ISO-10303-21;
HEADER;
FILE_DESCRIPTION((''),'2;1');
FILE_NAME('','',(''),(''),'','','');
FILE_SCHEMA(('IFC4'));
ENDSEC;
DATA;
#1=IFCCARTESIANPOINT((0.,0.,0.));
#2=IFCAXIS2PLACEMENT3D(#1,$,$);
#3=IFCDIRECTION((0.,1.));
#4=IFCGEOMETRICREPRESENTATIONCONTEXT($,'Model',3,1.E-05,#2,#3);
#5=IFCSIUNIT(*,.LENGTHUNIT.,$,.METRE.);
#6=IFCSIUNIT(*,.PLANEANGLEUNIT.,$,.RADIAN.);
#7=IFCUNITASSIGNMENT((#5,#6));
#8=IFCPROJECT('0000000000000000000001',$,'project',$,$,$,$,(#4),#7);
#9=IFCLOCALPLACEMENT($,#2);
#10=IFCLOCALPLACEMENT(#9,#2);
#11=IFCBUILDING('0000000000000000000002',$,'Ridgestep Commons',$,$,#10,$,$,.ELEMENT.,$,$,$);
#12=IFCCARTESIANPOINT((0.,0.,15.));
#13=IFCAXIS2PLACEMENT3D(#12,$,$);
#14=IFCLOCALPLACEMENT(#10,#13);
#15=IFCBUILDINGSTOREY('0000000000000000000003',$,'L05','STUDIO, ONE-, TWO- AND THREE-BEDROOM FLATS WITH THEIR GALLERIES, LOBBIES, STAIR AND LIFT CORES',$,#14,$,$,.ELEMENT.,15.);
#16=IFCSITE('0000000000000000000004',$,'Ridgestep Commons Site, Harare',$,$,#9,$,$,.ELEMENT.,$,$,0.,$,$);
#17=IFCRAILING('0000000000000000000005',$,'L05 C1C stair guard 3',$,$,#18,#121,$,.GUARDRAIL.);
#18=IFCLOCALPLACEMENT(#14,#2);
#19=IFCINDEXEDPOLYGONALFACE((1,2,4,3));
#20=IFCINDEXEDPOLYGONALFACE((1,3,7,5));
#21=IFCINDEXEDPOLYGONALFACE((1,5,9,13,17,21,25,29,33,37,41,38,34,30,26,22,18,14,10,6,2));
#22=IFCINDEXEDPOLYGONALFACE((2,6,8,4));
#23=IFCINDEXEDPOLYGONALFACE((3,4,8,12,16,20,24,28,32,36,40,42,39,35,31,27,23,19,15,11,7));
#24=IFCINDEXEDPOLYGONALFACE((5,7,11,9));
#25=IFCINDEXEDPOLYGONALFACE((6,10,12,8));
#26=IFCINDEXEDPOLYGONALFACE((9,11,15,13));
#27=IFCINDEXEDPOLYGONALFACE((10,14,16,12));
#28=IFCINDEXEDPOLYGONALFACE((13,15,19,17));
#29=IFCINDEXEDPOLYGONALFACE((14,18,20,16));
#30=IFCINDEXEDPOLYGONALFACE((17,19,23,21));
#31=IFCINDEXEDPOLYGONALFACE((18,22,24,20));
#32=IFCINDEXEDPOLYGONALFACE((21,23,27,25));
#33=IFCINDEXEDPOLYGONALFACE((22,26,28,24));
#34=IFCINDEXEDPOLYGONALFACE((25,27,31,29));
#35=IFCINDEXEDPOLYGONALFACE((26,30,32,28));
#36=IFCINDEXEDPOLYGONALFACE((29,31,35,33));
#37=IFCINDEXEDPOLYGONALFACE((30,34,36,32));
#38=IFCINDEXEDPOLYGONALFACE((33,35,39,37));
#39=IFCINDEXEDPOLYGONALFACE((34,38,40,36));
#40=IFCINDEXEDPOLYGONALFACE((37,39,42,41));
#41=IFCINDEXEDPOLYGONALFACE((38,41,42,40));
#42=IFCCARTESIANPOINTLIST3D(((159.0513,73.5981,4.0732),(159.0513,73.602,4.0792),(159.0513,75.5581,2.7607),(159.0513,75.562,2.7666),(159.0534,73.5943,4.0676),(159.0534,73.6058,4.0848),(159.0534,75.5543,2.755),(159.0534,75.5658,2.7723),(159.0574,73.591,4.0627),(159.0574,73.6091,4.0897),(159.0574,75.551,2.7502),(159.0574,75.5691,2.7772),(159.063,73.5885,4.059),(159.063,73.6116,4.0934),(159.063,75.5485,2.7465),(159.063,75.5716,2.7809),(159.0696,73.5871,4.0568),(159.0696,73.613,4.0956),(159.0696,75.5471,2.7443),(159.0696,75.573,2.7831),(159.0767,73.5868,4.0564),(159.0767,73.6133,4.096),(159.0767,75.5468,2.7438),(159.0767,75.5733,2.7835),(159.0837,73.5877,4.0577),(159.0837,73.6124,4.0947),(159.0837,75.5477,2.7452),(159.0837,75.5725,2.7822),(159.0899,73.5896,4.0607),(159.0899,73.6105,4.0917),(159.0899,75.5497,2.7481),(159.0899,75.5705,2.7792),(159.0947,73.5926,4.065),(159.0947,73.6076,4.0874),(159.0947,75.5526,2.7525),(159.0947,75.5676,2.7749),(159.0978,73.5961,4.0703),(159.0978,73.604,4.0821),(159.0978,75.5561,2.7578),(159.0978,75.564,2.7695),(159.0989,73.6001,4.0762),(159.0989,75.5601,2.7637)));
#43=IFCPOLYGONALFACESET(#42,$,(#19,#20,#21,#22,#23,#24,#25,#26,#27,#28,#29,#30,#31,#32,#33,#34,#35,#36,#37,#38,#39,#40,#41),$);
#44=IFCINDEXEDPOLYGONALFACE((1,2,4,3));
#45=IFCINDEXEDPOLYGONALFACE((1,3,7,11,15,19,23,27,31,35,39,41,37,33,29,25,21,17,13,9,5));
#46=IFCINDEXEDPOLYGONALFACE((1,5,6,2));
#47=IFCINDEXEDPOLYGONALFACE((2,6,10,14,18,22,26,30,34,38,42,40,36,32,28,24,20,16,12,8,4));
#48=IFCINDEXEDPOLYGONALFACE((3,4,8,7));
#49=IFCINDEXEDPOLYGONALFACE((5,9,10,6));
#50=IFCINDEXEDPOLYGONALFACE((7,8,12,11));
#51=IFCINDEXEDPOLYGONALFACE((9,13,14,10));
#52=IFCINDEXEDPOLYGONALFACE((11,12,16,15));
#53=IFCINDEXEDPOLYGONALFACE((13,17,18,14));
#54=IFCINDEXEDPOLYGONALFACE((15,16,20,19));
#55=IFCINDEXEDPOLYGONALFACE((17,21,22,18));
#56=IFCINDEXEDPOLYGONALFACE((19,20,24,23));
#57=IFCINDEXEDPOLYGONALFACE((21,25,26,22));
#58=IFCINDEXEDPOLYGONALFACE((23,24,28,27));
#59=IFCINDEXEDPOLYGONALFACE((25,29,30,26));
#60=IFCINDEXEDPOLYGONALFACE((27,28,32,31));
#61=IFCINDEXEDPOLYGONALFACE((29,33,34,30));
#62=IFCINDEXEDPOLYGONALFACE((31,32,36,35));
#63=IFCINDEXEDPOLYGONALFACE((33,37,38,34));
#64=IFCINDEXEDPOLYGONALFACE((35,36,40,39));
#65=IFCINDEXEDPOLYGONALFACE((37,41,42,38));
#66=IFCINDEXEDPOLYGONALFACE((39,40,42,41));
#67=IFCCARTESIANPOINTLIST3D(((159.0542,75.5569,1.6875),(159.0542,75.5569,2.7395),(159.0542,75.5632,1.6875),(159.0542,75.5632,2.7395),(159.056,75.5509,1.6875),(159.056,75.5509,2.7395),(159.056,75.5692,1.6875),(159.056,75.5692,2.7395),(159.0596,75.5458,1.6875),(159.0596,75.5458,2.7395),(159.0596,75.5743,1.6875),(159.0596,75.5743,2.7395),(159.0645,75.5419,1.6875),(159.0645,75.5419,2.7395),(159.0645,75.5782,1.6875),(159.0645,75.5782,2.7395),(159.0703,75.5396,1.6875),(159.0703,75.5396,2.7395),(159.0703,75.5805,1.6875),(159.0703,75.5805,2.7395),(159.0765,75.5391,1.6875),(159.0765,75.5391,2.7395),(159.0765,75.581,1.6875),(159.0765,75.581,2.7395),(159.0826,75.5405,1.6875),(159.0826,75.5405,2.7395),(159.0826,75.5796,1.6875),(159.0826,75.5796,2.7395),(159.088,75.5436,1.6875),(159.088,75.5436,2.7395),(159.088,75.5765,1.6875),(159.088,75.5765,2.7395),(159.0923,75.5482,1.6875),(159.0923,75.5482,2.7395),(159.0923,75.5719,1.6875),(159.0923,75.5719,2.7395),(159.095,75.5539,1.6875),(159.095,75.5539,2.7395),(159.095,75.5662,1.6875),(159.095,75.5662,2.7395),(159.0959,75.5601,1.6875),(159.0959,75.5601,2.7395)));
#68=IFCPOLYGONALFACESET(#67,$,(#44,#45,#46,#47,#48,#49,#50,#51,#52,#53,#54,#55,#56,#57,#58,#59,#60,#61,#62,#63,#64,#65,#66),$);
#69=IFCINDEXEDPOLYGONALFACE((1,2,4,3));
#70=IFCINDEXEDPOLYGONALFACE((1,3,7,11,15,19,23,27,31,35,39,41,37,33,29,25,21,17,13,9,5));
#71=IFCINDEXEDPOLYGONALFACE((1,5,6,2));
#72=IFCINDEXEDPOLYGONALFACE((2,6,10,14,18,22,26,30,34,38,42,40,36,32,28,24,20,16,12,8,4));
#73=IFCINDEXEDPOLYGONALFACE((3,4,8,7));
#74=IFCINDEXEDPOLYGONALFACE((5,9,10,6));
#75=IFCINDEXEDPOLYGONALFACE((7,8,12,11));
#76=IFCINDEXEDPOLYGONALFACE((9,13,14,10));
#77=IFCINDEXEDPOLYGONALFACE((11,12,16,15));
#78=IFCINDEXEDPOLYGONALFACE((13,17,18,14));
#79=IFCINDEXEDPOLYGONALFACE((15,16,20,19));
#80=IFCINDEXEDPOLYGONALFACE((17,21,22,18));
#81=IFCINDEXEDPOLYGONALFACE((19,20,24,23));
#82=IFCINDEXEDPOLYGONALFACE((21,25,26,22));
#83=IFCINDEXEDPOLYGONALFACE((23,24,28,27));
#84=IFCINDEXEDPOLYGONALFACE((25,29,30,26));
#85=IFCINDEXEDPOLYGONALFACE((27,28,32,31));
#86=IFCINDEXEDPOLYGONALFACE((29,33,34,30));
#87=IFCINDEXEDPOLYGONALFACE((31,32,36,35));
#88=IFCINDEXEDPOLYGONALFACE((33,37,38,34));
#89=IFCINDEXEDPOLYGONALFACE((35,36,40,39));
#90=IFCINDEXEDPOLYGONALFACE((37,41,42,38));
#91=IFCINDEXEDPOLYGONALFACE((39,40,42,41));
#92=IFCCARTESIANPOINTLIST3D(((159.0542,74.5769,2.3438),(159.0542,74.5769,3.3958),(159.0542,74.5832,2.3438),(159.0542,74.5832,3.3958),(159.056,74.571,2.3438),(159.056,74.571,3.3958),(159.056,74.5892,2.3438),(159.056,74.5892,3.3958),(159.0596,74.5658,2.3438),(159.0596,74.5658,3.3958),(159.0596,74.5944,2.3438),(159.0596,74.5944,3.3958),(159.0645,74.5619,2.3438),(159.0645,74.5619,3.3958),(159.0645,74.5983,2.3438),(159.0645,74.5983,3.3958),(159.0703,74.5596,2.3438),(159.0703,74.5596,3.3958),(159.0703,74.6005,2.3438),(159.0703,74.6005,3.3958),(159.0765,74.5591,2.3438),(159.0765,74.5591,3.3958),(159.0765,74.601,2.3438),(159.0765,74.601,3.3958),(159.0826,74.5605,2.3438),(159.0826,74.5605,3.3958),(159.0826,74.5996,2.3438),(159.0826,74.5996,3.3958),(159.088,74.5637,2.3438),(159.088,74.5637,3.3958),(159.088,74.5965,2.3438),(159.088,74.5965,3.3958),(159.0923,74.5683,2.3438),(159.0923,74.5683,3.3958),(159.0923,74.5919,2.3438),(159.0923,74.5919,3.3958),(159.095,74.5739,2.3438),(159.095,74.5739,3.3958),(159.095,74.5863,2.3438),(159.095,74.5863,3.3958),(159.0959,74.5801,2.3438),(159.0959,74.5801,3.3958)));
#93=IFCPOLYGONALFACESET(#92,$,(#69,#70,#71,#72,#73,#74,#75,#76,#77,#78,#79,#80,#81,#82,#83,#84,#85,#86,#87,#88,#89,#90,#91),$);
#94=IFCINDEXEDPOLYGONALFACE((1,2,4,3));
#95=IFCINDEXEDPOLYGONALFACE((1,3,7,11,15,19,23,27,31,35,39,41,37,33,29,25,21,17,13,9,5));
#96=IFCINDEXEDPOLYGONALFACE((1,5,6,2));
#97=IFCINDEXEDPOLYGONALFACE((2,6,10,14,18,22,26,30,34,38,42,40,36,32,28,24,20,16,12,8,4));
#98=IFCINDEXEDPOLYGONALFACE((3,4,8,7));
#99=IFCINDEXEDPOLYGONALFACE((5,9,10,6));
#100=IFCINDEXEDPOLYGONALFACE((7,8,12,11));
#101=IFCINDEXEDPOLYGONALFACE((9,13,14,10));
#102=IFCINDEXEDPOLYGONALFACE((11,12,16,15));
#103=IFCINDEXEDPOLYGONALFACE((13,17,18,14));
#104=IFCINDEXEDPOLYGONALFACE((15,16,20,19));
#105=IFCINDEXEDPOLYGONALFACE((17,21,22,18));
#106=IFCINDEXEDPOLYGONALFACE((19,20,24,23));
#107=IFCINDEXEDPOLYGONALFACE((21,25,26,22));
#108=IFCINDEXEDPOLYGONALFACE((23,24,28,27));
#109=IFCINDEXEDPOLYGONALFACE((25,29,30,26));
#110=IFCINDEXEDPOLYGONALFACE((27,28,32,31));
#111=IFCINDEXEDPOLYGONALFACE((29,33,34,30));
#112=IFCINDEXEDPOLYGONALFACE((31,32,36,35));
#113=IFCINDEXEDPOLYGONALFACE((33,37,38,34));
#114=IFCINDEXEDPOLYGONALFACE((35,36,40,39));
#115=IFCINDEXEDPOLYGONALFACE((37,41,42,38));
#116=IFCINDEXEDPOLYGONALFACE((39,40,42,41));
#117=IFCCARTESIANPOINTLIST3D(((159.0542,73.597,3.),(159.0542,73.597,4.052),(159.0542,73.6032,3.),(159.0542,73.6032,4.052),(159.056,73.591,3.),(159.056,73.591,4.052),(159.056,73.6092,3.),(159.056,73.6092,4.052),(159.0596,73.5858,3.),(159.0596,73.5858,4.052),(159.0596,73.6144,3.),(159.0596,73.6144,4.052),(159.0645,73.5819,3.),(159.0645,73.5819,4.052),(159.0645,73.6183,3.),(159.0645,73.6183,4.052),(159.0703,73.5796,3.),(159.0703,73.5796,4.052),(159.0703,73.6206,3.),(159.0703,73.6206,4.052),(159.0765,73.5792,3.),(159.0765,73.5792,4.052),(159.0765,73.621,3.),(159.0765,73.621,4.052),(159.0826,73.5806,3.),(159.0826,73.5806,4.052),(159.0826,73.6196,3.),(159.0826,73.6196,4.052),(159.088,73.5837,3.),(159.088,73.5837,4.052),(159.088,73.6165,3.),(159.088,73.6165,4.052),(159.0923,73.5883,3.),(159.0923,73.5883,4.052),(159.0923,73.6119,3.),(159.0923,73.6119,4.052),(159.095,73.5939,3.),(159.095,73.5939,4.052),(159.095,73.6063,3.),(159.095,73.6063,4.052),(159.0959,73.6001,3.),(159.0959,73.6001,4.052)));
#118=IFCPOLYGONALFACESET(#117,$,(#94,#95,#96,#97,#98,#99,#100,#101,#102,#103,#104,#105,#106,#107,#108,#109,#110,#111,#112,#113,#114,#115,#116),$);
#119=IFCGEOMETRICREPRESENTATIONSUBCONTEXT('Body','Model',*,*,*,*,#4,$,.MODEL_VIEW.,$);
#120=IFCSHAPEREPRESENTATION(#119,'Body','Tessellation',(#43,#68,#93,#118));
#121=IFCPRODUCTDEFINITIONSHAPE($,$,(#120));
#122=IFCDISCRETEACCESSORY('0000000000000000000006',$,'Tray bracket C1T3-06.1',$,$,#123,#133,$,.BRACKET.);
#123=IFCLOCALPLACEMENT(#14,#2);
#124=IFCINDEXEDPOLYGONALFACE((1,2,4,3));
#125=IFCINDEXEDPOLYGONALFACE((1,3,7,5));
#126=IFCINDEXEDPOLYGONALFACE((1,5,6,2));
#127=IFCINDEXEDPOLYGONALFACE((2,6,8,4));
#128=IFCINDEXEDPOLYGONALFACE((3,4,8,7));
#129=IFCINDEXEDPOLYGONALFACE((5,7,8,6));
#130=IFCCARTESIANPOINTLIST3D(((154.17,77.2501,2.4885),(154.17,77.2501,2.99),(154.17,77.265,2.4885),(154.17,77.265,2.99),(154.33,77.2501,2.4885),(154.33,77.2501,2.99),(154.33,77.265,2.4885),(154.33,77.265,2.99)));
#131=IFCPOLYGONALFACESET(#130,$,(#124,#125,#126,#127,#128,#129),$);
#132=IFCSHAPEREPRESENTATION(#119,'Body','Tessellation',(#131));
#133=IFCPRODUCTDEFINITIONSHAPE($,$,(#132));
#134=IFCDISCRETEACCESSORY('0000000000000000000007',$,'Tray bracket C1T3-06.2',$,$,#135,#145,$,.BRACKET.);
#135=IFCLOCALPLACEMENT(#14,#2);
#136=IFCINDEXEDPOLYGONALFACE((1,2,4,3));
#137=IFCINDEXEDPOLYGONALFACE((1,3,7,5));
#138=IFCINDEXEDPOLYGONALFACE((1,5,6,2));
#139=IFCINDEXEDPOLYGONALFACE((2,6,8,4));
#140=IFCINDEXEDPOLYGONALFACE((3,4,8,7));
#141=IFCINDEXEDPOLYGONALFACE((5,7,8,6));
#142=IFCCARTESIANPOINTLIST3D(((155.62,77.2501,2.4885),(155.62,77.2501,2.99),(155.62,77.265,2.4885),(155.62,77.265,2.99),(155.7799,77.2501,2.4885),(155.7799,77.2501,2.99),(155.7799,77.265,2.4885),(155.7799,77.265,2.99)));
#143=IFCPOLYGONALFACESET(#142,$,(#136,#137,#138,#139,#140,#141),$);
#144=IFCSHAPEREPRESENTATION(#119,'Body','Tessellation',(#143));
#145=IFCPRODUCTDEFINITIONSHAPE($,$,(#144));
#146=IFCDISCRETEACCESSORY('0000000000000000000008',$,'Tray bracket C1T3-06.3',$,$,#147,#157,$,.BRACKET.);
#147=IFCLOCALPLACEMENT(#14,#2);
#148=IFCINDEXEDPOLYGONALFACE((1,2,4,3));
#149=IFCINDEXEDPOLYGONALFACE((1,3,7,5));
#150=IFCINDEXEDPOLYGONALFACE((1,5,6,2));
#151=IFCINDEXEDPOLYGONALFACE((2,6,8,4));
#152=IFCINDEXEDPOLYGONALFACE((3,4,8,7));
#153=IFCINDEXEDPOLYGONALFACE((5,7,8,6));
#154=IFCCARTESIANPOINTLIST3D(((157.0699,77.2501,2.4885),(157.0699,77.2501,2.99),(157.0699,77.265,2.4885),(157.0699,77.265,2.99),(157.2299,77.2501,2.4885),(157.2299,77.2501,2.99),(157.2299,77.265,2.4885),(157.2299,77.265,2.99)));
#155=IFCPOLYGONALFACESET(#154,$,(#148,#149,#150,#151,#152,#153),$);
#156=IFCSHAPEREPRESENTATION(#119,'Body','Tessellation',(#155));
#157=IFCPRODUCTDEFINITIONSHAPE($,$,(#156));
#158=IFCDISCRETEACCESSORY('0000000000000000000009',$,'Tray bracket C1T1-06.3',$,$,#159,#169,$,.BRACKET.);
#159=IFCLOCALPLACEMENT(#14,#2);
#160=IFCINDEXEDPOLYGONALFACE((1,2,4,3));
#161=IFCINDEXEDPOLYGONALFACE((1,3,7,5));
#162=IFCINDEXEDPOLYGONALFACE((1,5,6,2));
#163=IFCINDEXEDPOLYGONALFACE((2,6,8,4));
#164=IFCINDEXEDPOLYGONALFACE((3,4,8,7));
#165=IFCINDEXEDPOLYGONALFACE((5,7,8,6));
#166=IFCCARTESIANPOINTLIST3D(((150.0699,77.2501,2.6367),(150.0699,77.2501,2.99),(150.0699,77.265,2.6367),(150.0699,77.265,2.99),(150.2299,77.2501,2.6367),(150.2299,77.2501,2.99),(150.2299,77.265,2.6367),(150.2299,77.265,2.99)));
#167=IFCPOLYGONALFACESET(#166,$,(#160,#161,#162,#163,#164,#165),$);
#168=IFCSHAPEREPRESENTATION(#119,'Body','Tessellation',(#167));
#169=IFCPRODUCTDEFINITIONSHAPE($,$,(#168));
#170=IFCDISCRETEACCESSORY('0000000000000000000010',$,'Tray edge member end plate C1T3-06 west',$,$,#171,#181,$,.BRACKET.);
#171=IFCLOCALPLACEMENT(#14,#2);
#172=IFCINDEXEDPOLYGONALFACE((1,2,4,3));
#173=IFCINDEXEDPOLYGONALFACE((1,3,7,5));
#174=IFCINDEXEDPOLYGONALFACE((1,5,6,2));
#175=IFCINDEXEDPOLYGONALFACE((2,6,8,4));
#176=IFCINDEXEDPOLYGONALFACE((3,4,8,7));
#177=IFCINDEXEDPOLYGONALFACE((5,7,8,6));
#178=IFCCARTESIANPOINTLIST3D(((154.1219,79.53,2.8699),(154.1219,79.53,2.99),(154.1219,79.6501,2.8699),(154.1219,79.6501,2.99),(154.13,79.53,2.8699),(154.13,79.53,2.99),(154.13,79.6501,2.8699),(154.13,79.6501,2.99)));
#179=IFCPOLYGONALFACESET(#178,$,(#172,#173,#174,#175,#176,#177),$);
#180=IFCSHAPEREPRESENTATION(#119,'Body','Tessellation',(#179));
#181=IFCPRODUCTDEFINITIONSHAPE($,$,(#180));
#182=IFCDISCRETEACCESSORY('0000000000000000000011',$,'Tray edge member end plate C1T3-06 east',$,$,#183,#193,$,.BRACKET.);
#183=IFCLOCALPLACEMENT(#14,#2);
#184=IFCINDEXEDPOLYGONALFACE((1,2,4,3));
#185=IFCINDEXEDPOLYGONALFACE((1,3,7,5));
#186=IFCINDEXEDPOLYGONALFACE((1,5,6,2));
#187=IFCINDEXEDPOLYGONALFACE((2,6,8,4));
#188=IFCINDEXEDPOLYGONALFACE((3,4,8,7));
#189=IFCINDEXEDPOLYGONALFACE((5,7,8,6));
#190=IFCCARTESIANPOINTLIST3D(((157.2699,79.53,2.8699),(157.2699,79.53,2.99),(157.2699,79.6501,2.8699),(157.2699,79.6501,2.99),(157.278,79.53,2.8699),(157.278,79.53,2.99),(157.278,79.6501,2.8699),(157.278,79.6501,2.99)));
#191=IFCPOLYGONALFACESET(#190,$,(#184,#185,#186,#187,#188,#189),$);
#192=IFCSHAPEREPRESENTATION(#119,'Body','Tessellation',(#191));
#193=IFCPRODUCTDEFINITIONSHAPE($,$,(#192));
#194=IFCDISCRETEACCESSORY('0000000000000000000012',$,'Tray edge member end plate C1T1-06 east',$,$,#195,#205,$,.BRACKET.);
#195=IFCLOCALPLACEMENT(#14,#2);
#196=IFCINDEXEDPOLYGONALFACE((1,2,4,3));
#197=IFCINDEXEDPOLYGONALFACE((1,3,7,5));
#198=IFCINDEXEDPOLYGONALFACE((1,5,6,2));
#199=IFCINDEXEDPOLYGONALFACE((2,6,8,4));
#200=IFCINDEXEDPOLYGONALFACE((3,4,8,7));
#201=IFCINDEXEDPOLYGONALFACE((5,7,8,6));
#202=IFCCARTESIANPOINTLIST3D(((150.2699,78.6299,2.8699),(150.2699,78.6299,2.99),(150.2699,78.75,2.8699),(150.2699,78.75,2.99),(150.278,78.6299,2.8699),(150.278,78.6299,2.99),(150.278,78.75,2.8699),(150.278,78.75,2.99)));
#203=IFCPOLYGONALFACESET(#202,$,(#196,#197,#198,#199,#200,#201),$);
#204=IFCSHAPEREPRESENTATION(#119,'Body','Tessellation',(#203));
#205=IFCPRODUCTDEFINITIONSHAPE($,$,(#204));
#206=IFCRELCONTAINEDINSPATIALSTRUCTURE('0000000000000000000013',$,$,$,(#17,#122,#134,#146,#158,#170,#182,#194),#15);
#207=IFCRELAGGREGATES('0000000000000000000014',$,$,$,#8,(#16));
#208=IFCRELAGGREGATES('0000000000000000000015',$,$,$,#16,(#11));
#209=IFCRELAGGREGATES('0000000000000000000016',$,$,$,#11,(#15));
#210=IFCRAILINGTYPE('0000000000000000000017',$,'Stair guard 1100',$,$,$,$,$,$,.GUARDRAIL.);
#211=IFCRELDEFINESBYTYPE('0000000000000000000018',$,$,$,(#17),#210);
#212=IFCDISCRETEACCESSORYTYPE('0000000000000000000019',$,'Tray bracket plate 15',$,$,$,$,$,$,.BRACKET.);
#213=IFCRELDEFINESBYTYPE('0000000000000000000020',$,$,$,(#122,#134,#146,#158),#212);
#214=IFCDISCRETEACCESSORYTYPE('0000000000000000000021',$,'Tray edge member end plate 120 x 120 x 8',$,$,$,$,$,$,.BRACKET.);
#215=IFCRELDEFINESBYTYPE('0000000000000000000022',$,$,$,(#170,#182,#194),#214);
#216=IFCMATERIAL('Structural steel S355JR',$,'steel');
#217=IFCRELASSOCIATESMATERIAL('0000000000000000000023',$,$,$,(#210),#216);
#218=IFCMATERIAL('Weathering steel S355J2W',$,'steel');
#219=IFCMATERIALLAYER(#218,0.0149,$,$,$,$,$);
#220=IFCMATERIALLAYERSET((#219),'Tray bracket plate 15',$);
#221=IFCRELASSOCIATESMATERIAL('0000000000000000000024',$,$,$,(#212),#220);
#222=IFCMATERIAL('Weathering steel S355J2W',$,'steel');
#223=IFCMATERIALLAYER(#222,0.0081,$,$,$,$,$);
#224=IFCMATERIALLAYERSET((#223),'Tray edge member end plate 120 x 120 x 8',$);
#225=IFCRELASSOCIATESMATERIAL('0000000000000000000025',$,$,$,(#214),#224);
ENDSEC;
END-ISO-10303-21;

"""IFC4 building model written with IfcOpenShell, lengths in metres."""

from ifc_helpers import new_model, si_unit, direction, frame, origin, origin_2d, place, context, subcontext, project, spatial, rectangle, circle, extrude, material, layer, layer_set, type_object, element, save


model = new_model("IFC4")

# Units and contexts
model_context = context("Model", 3, precision=1e-05, world=origin(), true_north=direction((0.0, 1.0)))
body_context = subcontext(model_context, "Body", "Model", "MODEL_VIEW")
ifc_project = project(units=[si_unit("LENGTHUNIT", "METRE"), si_unit("PLANEANGLEUNIT", "RADIAN")], contexts=[model_context])

# Site, building, storey
site_placement = place(None, origin())
site = spatial("IfcSite", under=ifc_project, at=site_placement, Name="Ridgestep Commons Site, Harare", CompositionType="ELEMENT", RefElevation=0.0)
building_placement = place(site_placement, origin())
building = spatial("IfcBuilding", under=site, at=building_placement, Name="Ridgestep Commons", CompositionType="ELEMENT")
storey_placement = place(building_placement, frame((0.0, 0.0, 15.0)))
storey = spatial("IfcBuildingStorey", under=building, at=storey_placement, Name="L05", Description="STUDIO, ONE-, TWO- AND THREE-BEDROOM FLATS WITH THEIR GALLERIES, LOBBIES, STAIR AND LIFT CORES", CompositionType="ELEMENT", Elevation=15.0)

# Railing
ifc_material_1 = material(Name="Structural steel S355JR", Category="steel")
railing_type = type_object("IfcRailingType", Name="Stair guard 1100", PredefinedType="GUARDRAIL", material=ifc_material_1)
railing_1_placement = place(storey_placement, frame((159.075, 75.5601, 1.6875)))
element("IfcRailing", 1, at=railing_1_placement, inside=storey, type_object=railing_type, Name="L05 C1C stair guard 3", PredefinedType="GUARDRAIL", context=body_context, shape_type="SweptSolid", body=[
    extrude(circle(Radius=0.0239, at=origin_2d()), frame((0.0, 0.0, 1.0762), z_axis=(0.0, -0.830902, 0.556419), x_axis=(1.0, 0.0, 0.0)), (0.0, 0.0, 1.0), 2.3589),
    extrude(circle(Radius=0.021, at=origin_2d()), origin(), (0.0, 0.0, 1.0), 1.052),
    extrude(circle(Radius=0.021, at=origin_2d()), frame((0.0, -0.98, 0.6562)), (0.0, 0.0, 1.0), 1.052),
    extrude(circle(Radius=0.021, at=origin_2d()), frame((0.0, -1.96, 1.3125)), (0.0, 0.0, 1.0), 1.052),
])

# Discrete accessories
ifc_material_2 = material(Name="Weathering steel S355J2W", Category="steel")
ifc_layer_1 = layer(ifc_material_2, 0.0149)
ifc_layer_set_1 = layer_set([ifc_layer_1], Name="Tray bracket plate 15")
discrete_accessory_type_1 = type_object("IfcDiscreteAccessoryType", Name="Tray bracket plate 15", PredefinedType="BRACKET", material=ifc_layer_set_1)
for number, where, z_axis, x_axis, name in (
    (2, (154.25, 77.2576, 2.4885), (0.0, 0.0, 1.0), (1.0, 0.0, 0.0), "Tray bracket C1T3-06.1"),
    (3, (155.7, 77.2576, 2.4885), (0.0, 0.0, 1.0), (1.0, 0.0, 0.0), "Tray bracket C1T3-06.2"),
    (4, (157.1499, 77.2576, 2.4885), (0.0, 0.0, 1.0), (1.0, 0.0, 0.0), "Tray bracket C1T3-06.3"),
):
    element("IfcDiscreteAccessory", number, at=place(storey_placement, frame(where, z_axis=z_axis, x_axis=x_axis)), inside=storey, type_object=discrete_accessory_type_1, Name=name, PredefinedType="BRACKET", context=body_context, shape_type="SweptSolid", body=[
        extrude(rectangle(XDim=0.1599, YDim=0.0149, at=origin_2d()), origin(), (0.0, 0.0, 1.0), 0.5015),
    ])
discrete_accessory_placement = place(storey_placement, frame((150.1499, 77.2576, 2.6367), z_axis=(0.0, 0.0, 1.0), x_axis=(1.0, 0.0, 0.0)))
element("IfcDiscreteAccessory", 5, at=discrete_accessory_placement, inside=storey, type_object=discrete_accessory_type_1, Name="Tray bracket C1T1-06.3", PredefinedType="BRACKET", context=body_context, shape_type="SweptSolid", body=[
    extrude(rectangle(XDim=0.1599, YDim=0.0149, at=origin_2d()), origin(), (0.0, 0.0, 1.0), 0.3533),
])
ifc_material_3 = material(Name="Weathering steel S355J2W", Category="steel")
ifc_layer_2 = layer(ifc_material_3, 0.0081)
ifc_layer_set_2 = layer_set([ifc_layer_2], Name="Tray edge member end plate 120 x 120 x 8")
discrete_accessory_type_2 = type_object("IfcDiscreteAccessoryType", Name="Tray edge member end plate 120 x 120 x 8", PredefinedType="BRACKET", material=ifc_layer_set_2)
for number, where, z_axis, x_axis, name in (
    (6, (154.126, 79.5901, 2.8699), (0.0, 0.0, 1.0), (1.0, 0.0, 0.0), "Tray edge member end plate C1T3-06 west"),
    (7, (157.2739, 79.5901, 2.8699), (0.0, 0.0, 1.0), (1.0, 0.0, 0.0), "Tray edge member end plate C1T3-06 east"),
    (8, (150.2739, 78.6899, 2.8699), (0.0, 0.0, 1.0), (1.0, 0.0, 0.0), "Tray edge member end plate C1T1-06 east"),
):
    element("IfcDiscreteAccessory", number, at=place(storey_placement, frame(where, z_axis=z_axis, x_axis=x_axis)), inside=storey, type_object=discrete_accessory_type_2, Name=name, PredefinedType="BRACKET", context=body_context, shape_type="SweptSolid", body=[
        extrude(rectangle(XDim=0.0081, YDim=0.1201, at=origin_2d()), origin(), (0.0, 0.0, 1.0), 0.1201),
    ])

save(model, "model.ifc")
